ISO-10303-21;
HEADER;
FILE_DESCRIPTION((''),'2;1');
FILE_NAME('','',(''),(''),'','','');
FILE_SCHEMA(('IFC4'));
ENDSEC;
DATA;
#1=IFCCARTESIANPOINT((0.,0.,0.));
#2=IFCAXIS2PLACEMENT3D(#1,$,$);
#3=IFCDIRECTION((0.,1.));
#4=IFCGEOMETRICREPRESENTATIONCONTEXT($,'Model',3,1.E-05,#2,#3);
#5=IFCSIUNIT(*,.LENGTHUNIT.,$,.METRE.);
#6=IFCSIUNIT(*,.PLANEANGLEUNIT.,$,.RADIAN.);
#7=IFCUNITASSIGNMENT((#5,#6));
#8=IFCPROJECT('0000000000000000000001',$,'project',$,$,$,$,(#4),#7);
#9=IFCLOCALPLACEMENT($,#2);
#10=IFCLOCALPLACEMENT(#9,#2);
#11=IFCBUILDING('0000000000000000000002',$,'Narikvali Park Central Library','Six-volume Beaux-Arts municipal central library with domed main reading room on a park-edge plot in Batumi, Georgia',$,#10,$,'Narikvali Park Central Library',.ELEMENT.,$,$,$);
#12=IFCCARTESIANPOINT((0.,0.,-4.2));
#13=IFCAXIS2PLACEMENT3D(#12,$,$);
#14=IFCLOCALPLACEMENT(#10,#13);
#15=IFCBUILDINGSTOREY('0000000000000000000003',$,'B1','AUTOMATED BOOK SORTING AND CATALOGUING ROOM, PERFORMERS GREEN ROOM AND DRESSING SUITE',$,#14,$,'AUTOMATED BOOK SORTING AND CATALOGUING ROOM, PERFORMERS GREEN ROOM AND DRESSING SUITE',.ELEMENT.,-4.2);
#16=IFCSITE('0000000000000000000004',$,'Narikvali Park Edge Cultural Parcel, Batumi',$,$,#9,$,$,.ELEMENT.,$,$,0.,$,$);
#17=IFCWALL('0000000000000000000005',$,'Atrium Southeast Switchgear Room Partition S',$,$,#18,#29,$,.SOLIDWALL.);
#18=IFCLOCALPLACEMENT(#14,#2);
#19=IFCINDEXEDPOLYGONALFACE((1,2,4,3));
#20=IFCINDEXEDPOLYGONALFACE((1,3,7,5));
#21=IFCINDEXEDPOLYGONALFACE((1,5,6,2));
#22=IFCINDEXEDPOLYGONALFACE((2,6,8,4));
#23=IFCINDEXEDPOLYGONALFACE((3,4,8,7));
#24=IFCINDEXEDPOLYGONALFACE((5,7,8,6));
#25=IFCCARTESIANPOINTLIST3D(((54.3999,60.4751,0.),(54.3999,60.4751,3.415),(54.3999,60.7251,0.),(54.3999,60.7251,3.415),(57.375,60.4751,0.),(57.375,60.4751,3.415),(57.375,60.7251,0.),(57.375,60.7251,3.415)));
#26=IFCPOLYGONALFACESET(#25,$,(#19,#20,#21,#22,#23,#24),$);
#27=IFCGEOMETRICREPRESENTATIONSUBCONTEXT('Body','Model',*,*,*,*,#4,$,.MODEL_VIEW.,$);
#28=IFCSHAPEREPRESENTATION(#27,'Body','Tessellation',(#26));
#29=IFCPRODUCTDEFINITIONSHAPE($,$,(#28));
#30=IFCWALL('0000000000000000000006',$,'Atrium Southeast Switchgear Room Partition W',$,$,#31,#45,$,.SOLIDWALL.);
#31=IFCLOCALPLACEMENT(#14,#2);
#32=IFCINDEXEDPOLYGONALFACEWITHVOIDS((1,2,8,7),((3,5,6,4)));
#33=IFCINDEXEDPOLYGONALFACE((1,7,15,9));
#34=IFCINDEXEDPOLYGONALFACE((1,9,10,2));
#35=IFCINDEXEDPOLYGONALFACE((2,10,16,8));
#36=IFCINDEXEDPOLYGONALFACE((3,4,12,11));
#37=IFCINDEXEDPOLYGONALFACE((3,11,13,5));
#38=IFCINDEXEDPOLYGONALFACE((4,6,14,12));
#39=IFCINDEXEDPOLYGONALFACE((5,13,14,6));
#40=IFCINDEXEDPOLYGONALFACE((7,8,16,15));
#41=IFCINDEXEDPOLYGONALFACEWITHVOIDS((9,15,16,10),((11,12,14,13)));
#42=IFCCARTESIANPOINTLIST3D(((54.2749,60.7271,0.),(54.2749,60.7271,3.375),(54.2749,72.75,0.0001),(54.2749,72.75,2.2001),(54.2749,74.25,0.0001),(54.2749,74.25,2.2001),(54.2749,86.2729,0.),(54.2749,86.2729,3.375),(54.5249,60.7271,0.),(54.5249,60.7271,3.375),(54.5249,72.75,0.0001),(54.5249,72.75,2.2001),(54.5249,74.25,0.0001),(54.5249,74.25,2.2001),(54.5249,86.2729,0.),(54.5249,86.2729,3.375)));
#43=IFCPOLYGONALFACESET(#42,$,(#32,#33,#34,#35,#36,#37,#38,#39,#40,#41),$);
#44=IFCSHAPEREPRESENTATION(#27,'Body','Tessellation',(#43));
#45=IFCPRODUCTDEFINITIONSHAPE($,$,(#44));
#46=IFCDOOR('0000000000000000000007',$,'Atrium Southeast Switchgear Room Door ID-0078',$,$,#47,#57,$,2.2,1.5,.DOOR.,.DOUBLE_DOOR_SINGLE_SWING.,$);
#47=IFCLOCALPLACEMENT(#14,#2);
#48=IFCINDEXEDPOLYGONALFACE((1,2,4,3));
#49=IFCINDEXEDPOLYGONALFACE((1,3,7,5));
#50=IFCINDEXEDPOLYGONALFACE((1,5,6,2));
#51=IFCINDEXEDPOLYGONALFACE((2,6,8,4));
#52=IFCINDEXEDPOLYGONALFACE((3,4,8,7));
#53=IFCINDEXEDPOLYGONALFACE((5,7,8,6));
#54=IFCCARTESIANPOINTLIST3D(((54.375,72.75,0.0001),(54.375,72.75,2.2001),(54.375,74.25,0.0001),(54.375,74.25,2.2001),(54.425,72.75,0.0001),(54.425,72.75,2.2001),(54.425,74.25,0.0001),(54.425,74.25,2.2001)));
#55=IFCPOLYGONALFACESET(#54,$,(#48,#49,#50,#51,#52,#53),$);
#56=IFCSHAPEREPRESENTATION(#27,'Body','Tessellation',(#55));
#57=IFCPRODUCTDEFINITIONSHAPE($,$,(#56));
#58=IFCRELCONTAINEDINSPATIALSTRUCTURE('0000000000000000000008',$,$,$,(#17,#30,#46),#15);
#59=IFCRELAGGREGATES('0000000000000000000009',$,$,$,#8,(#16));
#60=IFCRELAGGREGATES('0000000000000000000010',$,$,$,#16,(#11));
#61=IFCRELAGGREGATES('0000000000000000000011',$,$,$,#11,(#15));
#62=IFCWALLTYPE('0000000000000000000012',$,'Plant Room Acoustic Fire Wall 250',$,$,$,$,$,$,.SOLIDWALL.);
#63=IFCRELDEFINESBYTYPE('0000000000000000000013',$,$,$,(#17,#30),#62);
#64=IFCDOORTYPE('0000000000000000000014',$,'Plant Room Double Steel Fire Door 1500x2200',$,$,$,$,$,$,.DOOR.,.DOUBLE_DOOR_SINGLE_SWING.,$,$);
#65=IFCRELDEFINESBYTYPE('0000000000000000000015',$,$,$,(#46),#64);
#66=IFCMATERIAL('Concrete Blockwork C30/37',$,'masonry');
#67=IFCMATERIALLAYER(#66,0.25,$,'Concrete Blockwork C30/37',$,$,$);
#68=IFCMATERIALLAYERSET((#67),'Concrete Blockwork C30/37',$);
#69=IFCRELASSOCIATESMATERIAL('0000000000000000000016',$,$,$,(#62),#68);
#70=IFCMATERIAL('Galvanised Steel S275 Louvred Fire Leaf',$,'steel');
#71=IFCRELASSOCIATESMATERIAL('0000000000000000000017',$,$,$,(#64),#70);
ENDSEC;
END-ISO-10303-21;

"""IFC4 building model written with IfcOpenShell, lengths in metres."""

from ifc_helpers import new_model, si_unit, direction, frame, frame_2d, origin, place, context, subcontext, project, spatial, rectangle, extrude, material, layer, layer_set, type_object, element, fill, save


model = new_model("IFC4")

# Units and contexts
model_context = context("Model", 3, precision=1e-05, world=origin(), true_north=direction((0.0, 1.0)))
body_context = subcontext(model_context, "Body", "Model", "MODEL_VIEW")
ifc_project = project(units=[si_unit("LENGTHUNIT", "METRE"), si_unit("PLANEANGLEUNIT", "RADIAN")], contexts=[model_context])

# Site, building, storey
site_placement = place(None, origin())
site = spatial("IfcSite", under=ifc_project, at=site_placement, Name="Narikvali Park Edge Cultural Parcel, Batumi", CompositionType="ELEMENT", RefElevation=0.0)
building_placement = place(site_placement, origin())
building = spatial("IfcBuilding", under=site, at=building_placement, Name="Narikvali Park Central Library", Description="Six-volume Beaux-Arts municipal central library with domed main reading room on a park-edge plot in Batumi, Georgia", LongName="Narikvali Park Central Library", CompositionType="ELEMENT")
storey_placement = place(building_placement, frame((0.0, 0.0, -4.2)))
storey = spatial("IfcBuildingStorey", under=building, at=storey_placement, Name="B1", Description="AUTOMATED BOOK SORTING AND CATALOGUING ROOM, PERFORMERS GREEN ROOM AND DRESSING SUITE", LongName="AUTOMATED BOOK SORTING AND CATALOGUING ROOM, PERFORMERS GREEN ROOM AND DRESSING SUITE", CompositionType="ELEMENT", Elevation=-4.2)

# Wall
ifc_material_1 = material(Name="Concrete Blockwork C30/37", Category="masonry")
ifc_layer_1 = layer(ifc_material_1, 0.25, Name="Concrete Blockwork C30/37")
ifc_layer_set_1 = layer_set([ifc_layer_1], Name="Concrete Blockwork C30/37")
wall_type_1 = type_object("IfcWallType", Name="Plant Room Acoustic Fire Wall 250", PredefinedType="SOLIDWALL", material=ifc_layer_set_1)
wall_1_placement = place(storey_placement, frame((54.3999, 60.6001, 0.0), z_axis=(0.0, 0.0, 1.0), x_axis=(1.0, 0.0, 0.0)))
element("IfcWall", 1, at=wall_1_placement, inside=storey, type_object=wall_type_1, Name="Atrium Southeast Switchgear Room Partition S", PredefinedType="SOLIDWALL", context=body_context, shape_type="SweptSolid", body=[
    extrude(rectangle(XDim=2.9751, YDim=0.25, at=frame_2d((1.4875, 0.0))), origin(), (0.0, 0.0, 1.0), 3.415),
])

# Wall, opening, door
wall_2_placement = place(storey_placement, frame((54.3999, 60.7271, 0.0), z_axis=(0.0, 0.0, 1.0), x_axis=(0.0, 1.0, 0.0)))
wall_2 = element("IfcWall", 2, at=wall_2_placement, inside=storey, type_object=wall_type_1, Name="Atrium Southeast Switchgear Room Partition W", PredefinedType="SOLIDWALL", context=body_context, shape_type="SweptSolid", body=[
    extrude(rectangle(XDim=25.5459, YDim=0.25, at=frame_2d((12.7729, 0.0))), origin(), (0.0, 0.0, 1.0), 3.375),
])
opening_placement = place(wall_2_placement, frame((12.0229, 0.0, 0.0)))
opening = element("IfcOpeningElement", 3, at=opening_placement, cuts=wall_2, PredefinedType="OPENING", context=body_context, shape_type="SweptSolid", body=[
    extrude(rectangle(XDim=1.5, YDim=2.2, at=frame_2d((0.75, 1.1001))), frame((0.0, 0.137, 0.0), z_axis=(0.0, -1.0, 0.0), x_axis=(1.0, 0.0, 0.0)), (0.0, 0.0, 1.0), 0.2739),
])
ifc_material_2 = material(Name="Galvanised Steel S275 Louvred Fire Leaf", Category="steel")
door_type = type_object("IfcDoorType", Name="Plant Room Double Steel Fire Door 1500x2200", OperationType="DOUBLE_DOOR_SINGLE_SWING", PredefinedType="DOOR", material=ifc_material_2)
door_placement = place(opening_placement, origin())
door = element("IfcDoor", 4, at=door_placement, inside=storey, type_object=door_type, Name="Atrium Southeast Switchgear Room Door ID-0078", OperationType="DOUBLE_DOOR_SINGLE_SWING", OverallHeight=2.2, OverallWidth=1.5, PredefinedType="DOOR", context=body_context, shape_type="SweptSolid", body=[
    extrude(rectangle(XDim=1.5, YDim=2.2, at=frame_2d((0.75, 1.1001))), frame((0.0, 0.0249, 0.0), z_axis=(0.0, -1.0, 0.0), x_axis=(1.0, 0.0, 0.0)), (0.0, 0.0, 1.0), 0.05),
])
fill(opening, door)

save(model, "model.ifc")
